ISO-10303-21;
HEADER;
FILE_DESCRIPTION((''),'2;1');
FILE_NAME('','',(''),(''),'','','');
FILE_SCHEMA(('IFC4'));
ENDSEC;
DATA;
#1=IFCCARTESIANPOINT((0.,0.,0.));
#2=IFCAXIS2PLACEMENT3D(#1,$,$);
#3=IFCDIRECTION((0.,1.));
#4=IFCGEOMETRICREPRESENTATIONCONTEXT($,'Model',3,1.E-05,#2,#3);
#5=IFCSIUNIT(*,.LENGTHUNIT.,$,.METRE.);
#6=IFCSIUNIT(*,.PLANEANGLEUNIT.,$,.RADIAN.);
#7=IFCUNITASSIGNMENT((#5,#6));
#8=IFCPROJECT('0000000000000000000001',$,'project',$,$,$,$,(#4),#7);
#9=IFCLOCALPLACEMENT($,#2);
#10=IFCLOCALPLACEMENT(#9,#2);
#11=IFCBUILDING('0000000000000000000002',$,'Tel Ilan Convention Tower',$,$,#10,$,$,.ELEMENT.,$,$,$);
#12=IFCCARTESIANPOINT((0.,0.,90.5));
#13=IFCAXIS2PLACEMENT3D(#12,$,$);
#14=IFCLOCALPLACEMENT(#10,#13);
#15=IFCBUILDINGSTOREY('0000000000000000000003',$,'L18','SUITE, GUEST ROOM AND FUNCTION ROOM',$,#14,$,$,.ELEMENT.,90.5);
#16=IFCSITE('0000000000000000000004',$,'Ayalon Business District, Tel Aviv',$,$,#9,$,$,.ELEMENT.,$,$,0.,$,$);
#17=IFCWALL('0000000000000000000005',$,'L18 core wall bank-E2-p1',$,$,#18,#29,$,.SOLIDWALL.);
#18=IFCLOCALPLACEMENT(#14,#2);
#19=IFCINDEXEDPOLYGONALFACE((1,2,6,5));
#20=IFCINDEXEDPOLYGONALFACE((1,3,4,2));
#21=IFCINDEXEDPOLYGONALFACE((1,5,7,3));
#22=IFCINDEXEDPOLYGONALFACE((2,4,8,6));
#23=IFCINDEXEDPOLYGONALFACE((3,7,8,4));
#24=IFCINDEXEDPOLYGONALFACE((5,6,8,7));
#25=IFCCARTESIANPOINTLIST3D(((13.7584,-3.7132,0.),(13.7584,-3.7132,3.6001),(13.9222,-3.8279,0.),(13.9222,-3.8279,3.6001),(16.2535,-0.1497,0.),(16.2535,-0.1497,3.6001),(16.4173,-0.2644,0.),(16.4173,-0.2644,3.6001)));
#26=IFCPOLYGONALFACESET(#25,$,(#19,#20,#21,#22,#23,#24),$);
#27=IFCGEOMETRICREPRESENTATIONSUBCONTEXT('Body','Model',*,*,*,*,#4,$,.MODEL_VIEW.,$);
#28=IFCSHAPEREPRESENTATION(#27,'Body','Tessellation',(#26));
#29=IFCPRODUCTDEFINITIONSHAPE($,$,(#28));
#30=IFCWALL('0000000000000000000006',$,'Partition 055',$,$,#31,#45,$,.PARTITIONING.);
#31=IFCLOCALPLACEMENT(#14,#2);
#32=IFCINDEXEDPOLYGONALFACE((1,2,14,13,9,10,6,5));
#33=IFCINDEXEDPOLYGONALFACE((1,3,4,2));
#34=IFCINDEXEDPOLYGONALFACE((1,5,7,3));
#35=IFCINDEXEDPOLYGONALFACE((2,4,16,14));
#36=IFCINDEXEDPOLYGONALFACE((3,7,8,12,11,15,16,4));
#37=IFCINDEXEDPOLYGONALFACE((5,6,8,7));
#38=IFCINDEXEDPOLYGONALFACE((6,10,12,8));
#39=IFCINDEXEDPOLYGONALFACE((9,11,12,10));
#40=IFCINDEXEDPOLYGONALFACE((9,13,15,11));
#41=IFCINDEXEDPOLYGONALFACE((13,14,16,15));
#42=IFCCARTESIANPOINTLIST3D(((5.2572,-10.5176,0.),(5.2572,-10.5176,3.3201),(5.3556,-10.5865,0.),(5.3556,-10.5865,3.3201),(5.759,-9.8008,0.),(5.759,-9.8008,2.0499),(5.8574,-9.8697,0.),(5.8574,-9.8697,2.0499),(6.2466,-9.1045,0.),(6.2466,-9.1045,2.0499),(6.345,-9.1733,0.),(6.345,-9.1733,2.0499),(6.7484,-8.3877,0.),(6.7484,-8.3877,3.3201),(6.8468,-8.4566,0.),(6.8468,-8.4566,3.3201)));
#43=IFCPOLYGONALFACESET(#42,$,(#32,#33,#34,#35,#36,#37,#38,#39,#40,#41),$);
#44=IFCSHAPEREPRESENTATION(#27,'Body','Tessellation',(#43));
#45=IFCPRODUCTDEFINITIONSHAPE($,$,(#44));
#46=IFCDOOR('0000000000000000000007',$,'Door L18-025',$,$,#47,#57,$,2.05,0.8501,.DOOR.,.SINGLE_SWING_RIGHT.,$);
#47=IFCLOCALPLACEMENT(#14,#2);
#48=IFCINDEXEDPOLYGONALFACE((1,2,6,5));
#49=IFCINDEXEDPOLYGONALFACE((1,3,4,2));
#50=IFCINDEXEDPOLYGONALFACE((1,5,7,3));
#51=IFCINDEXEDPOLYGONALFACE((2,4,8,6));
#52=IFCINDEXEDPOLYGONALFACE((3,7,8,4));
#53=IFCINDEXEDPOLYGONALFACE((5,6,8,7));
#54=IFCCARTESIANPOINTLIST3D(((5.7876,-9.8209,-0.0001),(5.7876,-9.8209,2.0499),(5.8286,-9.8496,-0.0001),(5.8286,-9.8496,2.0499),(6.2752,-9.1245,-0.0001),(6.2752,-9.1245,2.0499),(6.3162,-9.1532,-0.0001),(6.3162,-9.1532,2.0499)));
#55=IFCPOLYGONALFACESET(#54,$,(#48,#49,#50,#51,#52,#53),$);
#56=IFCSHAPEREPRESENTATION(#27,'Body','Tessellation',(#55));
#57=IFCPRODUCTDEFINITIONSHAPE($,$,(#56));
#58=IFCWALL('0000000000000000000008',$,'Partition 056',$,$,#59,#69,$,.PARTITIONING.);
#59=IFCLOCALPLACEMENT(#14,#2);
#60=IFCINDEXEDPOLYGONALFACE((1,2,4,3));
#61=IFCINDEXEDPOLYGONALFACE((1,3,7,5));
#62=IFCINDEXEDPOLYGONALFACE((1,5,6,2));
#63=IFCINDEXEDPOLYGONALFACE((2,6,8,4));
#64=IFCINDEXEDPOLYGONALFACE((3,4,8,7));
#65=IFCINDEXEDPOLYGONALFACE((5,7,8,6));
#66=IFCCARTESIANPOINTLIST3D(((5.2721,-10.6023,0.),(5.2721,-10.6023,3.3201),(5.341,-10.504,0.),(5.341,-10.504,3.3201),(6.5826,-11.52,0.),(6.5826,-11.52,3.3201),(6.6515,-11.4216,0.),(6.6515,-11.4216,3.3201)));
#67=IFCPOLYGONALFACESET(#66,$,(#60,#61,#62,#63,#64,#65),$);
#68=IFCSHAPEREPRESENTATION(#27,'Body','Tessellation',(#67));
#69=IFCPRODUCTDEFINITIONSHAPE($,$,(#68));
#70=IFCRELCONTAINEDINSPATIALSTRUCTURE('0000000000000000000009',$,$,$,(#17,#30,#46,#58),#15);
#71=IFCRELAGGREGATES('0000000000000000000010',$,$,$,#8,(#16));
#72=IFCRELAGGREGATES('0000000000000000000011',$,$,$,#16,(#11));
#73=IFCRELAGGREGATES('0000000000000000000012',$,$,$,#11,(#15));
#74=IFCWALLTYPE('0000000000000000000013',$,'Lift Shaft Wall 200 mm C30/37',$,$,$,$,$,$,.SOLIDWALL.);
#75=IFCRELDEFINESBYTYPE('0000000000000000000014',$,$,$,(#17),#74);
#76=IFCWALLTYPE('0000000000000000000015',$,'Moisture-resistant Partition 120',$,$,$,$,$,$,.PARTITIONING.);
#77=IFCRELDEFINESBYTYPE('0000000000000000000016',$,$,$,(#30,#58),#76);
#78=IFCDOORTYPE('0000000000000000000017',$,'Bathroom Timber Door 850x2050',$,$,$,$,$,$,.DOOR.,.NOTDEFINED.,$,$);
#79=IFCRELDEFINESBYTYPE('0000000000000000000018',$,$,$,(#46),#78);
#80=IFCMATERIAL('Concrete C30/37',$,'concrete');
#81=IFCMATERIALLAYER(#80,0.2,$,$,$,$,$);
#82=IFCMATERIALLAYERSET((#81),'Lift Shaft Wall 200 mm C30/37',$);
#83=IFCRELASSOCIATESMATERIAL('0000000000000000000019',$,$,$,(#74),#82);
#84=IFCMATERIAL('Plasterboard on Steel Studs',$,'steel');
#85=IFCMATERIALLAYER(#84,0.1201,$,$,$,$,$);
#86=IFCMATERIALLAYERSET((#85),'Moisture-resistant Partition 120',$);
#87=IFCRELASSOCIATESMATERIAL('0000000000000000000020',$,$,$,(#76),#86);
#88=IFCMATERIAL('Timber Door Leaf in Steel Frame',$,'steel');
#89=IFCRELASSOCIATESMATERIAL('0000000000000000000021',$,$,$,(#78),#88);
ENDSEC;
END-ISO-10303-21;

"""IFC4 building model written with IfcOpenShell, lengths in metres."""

from ifc_helpers import new_model, si_unit, direction, frame, frame_2d, origin, place, context, subcontext, project, spatial, rectangle, extrude, material, layer, layer_set, type_object, element, fill, save


model = new_model("IFC4")

# Units and contexts
model_context = context("Model", 3, precision=1e-05, world=origin(), true_north=direction((0.0, 1.0)))
body_context = subcontext(model_context, "Body", "Model", "MODEL_VIEW")
ifc_project = project(units=[si_unit("LENGTHUNIT", "METRE"), si_unit("PLANEANGLEUNIT", "RADIAN")], contexts=[model_context])

# Site, building, storey
site_placement = place(None, origin())
site = spatial("IfcSite", under=ifc_project, at=site_placement, Name="Ayalon Business District, Tel Aviv", CompositionType="ELEMENT", RefElevation=0.0)
building_placement = place(site_placement, origin())
building = spatial("IfcBuilding", under=site, at=building_placement, Name="Tel Ilan Convention Tower", CompositionType="ELEMENT")
storey_placement = place(building_placement, frame((0.0, 0.0, 90.5)))
storey = spatial("IfcBuildingStorey", under=building, at=storey_placement, Name="L18", Description="SUITE, GUEST ROOM AND FUNCTION ROOM", CompositionType="ELEMENT", Elevation=90.5)

# Wall
ifc_material_1 = material(Name="Concrete C30/37", Category="concrete")
ifc_layer_1 = layer(ifc_material_1, 0.2)
ifc_layer_set_1 = layer_set([ifc_layer_1], Name="Lift Shaft Wall 200 mm C30/37")
wall_type_1 = type_object("IfcWallType", Name="Lift Shaft Wall 200 mm C30/37", PredefinedType="SOLIDWALL", material=ifc_layer_set_1)
wall_1_placement = place(storey_placement, frame((13.8403, -3.7705, 0.0), z_axis=(0.0, 0.0, 1.0), x_axis=(0.573568, 0.819158, 0.0)))
element("IfcWall", 1, at=wall_1_placement, inside=storey, type_object=wall_type_1, Name="L18 core wall bank-E2-p1", PredefinedType="SOLIDWALL", context=body_context, shape_type="SweptSolid", body=[
    extrude(rectangle(XDim=4.3501, YDim=0.2, at=frame_2d((2.175, 0.0))), origin(), (0.0, 0.0, 1.0), 3.6001),
])

# Wall, opening, door
ifc_material_2 = material(Name="Plasterboard on Steel Studs", Category="steel")
ifc_layer_2 = layer(ifc_material_2, 0.1201)
ifc_layer_set_2 = layer_set([ifc_layer_2], Name="Moisture-resistant Partition 120")
wall_type_2 = type_object("IfcWallType", Name="Moisture-resistant Partition 120", PredefinedType="PARTITIONING", material=ifc_layer_set_2)
wall_2_placement = place(storey_placement, frame((6.7976, -8.4221, 0.0), z_axis=(0.0, 0.0, 1.0), x_axis=(-0.573538, -0.819179, 0.0)))
wall_2 = element("IfcWall", 2, at=wall_2_placement, inside=storey, type_object=wall_type_2, Name="Partition 055", PredefinedType="PARTITIONING", context=body_context, shape_type="SweptSolid", body=[
    extrude(rectangle(XDim=2.6001, YDim=0.1201, at=frame_2d((1.3, 0.0))), origin(), (0.0, 0.0, 1.0), 3.3201),
])
opening_1_placement = place(wall_2_placement, frame((0.875, 0.0, 0.0)))
opening_1 = element("IfcOpeningElement", 3, at=opening_1_placement, cuts=wall_2, PredefinedType="OPENING", context=body_context, shape_type="SweptSolid", body=[
    extrude(rectangle(XDim=0.8501, YDim=2.05, at=frame_2d((0.425, 1.0249))), frame((0.0, 0.0701, 0.0), z_axis=(0.0, -1.0, 0.0), x_axis=(1.0, 0.0, 0.0)), (0.0, 0.0, 1.0), 0.1401),
])
ifc_material_3 = material(Name="Timber Door Leaf in Steel Frame", Category="steel")
door_type_1 = type_object("IfcDoorType", Name="Bathroom Timber Door 850x2050", OperationType="NOTDEFINED", PredefinedType="DOOR", material=ifc_material_3)
door_1_placement = place(opening_1_placement, origin())
door_1 = element("IfcDoor", 4, at=door_1_placement, inside=storey, type_object=door_type_1, Name="Door L18-025", OperationType="SINGLE_SWING_RIGHT", OverallHeight=2.05, OverallWidth=0.8501, PredefinedType="DOOR", context=body_context, shape_type="SweptSolid", body=[
    extrude(rectangle(XDim=0.8501, YDim=2.05, at=frame_2d((0.425, 1.0249))), frame((0.0, 0.0249, 0.0), z_axis=(0.0, -1.0, 0.0), x_axis=(1.0, 0.0, 0.0)), (0.0, 0.0, 1.0), 0.05),
])
fill(opening_1, door_1)

# Wall
wall_3_placement = place(storey_placement, frame((5.3066, -10.5532, 0.0), z_axis=(0.0, 0.0, 1.0), x_axis=(0.819132, -0.573606, 0.0)))
element("IfcWall", 5, at=wall_3_placement, inside=storey, type_object=wall_type_2, Name="Partition 056", PredefinedType="PARTITIONING", context=body_context, shape_type="SweptSolid", body=[
    extrude(rectangle(XDim=1.5999, YDim=0.1201, at=frame_2d((0.7998, 0.0))), origin(), (0.0, 0.0, 1.0), 3.3201),
])

save(model, "model.ifc")
